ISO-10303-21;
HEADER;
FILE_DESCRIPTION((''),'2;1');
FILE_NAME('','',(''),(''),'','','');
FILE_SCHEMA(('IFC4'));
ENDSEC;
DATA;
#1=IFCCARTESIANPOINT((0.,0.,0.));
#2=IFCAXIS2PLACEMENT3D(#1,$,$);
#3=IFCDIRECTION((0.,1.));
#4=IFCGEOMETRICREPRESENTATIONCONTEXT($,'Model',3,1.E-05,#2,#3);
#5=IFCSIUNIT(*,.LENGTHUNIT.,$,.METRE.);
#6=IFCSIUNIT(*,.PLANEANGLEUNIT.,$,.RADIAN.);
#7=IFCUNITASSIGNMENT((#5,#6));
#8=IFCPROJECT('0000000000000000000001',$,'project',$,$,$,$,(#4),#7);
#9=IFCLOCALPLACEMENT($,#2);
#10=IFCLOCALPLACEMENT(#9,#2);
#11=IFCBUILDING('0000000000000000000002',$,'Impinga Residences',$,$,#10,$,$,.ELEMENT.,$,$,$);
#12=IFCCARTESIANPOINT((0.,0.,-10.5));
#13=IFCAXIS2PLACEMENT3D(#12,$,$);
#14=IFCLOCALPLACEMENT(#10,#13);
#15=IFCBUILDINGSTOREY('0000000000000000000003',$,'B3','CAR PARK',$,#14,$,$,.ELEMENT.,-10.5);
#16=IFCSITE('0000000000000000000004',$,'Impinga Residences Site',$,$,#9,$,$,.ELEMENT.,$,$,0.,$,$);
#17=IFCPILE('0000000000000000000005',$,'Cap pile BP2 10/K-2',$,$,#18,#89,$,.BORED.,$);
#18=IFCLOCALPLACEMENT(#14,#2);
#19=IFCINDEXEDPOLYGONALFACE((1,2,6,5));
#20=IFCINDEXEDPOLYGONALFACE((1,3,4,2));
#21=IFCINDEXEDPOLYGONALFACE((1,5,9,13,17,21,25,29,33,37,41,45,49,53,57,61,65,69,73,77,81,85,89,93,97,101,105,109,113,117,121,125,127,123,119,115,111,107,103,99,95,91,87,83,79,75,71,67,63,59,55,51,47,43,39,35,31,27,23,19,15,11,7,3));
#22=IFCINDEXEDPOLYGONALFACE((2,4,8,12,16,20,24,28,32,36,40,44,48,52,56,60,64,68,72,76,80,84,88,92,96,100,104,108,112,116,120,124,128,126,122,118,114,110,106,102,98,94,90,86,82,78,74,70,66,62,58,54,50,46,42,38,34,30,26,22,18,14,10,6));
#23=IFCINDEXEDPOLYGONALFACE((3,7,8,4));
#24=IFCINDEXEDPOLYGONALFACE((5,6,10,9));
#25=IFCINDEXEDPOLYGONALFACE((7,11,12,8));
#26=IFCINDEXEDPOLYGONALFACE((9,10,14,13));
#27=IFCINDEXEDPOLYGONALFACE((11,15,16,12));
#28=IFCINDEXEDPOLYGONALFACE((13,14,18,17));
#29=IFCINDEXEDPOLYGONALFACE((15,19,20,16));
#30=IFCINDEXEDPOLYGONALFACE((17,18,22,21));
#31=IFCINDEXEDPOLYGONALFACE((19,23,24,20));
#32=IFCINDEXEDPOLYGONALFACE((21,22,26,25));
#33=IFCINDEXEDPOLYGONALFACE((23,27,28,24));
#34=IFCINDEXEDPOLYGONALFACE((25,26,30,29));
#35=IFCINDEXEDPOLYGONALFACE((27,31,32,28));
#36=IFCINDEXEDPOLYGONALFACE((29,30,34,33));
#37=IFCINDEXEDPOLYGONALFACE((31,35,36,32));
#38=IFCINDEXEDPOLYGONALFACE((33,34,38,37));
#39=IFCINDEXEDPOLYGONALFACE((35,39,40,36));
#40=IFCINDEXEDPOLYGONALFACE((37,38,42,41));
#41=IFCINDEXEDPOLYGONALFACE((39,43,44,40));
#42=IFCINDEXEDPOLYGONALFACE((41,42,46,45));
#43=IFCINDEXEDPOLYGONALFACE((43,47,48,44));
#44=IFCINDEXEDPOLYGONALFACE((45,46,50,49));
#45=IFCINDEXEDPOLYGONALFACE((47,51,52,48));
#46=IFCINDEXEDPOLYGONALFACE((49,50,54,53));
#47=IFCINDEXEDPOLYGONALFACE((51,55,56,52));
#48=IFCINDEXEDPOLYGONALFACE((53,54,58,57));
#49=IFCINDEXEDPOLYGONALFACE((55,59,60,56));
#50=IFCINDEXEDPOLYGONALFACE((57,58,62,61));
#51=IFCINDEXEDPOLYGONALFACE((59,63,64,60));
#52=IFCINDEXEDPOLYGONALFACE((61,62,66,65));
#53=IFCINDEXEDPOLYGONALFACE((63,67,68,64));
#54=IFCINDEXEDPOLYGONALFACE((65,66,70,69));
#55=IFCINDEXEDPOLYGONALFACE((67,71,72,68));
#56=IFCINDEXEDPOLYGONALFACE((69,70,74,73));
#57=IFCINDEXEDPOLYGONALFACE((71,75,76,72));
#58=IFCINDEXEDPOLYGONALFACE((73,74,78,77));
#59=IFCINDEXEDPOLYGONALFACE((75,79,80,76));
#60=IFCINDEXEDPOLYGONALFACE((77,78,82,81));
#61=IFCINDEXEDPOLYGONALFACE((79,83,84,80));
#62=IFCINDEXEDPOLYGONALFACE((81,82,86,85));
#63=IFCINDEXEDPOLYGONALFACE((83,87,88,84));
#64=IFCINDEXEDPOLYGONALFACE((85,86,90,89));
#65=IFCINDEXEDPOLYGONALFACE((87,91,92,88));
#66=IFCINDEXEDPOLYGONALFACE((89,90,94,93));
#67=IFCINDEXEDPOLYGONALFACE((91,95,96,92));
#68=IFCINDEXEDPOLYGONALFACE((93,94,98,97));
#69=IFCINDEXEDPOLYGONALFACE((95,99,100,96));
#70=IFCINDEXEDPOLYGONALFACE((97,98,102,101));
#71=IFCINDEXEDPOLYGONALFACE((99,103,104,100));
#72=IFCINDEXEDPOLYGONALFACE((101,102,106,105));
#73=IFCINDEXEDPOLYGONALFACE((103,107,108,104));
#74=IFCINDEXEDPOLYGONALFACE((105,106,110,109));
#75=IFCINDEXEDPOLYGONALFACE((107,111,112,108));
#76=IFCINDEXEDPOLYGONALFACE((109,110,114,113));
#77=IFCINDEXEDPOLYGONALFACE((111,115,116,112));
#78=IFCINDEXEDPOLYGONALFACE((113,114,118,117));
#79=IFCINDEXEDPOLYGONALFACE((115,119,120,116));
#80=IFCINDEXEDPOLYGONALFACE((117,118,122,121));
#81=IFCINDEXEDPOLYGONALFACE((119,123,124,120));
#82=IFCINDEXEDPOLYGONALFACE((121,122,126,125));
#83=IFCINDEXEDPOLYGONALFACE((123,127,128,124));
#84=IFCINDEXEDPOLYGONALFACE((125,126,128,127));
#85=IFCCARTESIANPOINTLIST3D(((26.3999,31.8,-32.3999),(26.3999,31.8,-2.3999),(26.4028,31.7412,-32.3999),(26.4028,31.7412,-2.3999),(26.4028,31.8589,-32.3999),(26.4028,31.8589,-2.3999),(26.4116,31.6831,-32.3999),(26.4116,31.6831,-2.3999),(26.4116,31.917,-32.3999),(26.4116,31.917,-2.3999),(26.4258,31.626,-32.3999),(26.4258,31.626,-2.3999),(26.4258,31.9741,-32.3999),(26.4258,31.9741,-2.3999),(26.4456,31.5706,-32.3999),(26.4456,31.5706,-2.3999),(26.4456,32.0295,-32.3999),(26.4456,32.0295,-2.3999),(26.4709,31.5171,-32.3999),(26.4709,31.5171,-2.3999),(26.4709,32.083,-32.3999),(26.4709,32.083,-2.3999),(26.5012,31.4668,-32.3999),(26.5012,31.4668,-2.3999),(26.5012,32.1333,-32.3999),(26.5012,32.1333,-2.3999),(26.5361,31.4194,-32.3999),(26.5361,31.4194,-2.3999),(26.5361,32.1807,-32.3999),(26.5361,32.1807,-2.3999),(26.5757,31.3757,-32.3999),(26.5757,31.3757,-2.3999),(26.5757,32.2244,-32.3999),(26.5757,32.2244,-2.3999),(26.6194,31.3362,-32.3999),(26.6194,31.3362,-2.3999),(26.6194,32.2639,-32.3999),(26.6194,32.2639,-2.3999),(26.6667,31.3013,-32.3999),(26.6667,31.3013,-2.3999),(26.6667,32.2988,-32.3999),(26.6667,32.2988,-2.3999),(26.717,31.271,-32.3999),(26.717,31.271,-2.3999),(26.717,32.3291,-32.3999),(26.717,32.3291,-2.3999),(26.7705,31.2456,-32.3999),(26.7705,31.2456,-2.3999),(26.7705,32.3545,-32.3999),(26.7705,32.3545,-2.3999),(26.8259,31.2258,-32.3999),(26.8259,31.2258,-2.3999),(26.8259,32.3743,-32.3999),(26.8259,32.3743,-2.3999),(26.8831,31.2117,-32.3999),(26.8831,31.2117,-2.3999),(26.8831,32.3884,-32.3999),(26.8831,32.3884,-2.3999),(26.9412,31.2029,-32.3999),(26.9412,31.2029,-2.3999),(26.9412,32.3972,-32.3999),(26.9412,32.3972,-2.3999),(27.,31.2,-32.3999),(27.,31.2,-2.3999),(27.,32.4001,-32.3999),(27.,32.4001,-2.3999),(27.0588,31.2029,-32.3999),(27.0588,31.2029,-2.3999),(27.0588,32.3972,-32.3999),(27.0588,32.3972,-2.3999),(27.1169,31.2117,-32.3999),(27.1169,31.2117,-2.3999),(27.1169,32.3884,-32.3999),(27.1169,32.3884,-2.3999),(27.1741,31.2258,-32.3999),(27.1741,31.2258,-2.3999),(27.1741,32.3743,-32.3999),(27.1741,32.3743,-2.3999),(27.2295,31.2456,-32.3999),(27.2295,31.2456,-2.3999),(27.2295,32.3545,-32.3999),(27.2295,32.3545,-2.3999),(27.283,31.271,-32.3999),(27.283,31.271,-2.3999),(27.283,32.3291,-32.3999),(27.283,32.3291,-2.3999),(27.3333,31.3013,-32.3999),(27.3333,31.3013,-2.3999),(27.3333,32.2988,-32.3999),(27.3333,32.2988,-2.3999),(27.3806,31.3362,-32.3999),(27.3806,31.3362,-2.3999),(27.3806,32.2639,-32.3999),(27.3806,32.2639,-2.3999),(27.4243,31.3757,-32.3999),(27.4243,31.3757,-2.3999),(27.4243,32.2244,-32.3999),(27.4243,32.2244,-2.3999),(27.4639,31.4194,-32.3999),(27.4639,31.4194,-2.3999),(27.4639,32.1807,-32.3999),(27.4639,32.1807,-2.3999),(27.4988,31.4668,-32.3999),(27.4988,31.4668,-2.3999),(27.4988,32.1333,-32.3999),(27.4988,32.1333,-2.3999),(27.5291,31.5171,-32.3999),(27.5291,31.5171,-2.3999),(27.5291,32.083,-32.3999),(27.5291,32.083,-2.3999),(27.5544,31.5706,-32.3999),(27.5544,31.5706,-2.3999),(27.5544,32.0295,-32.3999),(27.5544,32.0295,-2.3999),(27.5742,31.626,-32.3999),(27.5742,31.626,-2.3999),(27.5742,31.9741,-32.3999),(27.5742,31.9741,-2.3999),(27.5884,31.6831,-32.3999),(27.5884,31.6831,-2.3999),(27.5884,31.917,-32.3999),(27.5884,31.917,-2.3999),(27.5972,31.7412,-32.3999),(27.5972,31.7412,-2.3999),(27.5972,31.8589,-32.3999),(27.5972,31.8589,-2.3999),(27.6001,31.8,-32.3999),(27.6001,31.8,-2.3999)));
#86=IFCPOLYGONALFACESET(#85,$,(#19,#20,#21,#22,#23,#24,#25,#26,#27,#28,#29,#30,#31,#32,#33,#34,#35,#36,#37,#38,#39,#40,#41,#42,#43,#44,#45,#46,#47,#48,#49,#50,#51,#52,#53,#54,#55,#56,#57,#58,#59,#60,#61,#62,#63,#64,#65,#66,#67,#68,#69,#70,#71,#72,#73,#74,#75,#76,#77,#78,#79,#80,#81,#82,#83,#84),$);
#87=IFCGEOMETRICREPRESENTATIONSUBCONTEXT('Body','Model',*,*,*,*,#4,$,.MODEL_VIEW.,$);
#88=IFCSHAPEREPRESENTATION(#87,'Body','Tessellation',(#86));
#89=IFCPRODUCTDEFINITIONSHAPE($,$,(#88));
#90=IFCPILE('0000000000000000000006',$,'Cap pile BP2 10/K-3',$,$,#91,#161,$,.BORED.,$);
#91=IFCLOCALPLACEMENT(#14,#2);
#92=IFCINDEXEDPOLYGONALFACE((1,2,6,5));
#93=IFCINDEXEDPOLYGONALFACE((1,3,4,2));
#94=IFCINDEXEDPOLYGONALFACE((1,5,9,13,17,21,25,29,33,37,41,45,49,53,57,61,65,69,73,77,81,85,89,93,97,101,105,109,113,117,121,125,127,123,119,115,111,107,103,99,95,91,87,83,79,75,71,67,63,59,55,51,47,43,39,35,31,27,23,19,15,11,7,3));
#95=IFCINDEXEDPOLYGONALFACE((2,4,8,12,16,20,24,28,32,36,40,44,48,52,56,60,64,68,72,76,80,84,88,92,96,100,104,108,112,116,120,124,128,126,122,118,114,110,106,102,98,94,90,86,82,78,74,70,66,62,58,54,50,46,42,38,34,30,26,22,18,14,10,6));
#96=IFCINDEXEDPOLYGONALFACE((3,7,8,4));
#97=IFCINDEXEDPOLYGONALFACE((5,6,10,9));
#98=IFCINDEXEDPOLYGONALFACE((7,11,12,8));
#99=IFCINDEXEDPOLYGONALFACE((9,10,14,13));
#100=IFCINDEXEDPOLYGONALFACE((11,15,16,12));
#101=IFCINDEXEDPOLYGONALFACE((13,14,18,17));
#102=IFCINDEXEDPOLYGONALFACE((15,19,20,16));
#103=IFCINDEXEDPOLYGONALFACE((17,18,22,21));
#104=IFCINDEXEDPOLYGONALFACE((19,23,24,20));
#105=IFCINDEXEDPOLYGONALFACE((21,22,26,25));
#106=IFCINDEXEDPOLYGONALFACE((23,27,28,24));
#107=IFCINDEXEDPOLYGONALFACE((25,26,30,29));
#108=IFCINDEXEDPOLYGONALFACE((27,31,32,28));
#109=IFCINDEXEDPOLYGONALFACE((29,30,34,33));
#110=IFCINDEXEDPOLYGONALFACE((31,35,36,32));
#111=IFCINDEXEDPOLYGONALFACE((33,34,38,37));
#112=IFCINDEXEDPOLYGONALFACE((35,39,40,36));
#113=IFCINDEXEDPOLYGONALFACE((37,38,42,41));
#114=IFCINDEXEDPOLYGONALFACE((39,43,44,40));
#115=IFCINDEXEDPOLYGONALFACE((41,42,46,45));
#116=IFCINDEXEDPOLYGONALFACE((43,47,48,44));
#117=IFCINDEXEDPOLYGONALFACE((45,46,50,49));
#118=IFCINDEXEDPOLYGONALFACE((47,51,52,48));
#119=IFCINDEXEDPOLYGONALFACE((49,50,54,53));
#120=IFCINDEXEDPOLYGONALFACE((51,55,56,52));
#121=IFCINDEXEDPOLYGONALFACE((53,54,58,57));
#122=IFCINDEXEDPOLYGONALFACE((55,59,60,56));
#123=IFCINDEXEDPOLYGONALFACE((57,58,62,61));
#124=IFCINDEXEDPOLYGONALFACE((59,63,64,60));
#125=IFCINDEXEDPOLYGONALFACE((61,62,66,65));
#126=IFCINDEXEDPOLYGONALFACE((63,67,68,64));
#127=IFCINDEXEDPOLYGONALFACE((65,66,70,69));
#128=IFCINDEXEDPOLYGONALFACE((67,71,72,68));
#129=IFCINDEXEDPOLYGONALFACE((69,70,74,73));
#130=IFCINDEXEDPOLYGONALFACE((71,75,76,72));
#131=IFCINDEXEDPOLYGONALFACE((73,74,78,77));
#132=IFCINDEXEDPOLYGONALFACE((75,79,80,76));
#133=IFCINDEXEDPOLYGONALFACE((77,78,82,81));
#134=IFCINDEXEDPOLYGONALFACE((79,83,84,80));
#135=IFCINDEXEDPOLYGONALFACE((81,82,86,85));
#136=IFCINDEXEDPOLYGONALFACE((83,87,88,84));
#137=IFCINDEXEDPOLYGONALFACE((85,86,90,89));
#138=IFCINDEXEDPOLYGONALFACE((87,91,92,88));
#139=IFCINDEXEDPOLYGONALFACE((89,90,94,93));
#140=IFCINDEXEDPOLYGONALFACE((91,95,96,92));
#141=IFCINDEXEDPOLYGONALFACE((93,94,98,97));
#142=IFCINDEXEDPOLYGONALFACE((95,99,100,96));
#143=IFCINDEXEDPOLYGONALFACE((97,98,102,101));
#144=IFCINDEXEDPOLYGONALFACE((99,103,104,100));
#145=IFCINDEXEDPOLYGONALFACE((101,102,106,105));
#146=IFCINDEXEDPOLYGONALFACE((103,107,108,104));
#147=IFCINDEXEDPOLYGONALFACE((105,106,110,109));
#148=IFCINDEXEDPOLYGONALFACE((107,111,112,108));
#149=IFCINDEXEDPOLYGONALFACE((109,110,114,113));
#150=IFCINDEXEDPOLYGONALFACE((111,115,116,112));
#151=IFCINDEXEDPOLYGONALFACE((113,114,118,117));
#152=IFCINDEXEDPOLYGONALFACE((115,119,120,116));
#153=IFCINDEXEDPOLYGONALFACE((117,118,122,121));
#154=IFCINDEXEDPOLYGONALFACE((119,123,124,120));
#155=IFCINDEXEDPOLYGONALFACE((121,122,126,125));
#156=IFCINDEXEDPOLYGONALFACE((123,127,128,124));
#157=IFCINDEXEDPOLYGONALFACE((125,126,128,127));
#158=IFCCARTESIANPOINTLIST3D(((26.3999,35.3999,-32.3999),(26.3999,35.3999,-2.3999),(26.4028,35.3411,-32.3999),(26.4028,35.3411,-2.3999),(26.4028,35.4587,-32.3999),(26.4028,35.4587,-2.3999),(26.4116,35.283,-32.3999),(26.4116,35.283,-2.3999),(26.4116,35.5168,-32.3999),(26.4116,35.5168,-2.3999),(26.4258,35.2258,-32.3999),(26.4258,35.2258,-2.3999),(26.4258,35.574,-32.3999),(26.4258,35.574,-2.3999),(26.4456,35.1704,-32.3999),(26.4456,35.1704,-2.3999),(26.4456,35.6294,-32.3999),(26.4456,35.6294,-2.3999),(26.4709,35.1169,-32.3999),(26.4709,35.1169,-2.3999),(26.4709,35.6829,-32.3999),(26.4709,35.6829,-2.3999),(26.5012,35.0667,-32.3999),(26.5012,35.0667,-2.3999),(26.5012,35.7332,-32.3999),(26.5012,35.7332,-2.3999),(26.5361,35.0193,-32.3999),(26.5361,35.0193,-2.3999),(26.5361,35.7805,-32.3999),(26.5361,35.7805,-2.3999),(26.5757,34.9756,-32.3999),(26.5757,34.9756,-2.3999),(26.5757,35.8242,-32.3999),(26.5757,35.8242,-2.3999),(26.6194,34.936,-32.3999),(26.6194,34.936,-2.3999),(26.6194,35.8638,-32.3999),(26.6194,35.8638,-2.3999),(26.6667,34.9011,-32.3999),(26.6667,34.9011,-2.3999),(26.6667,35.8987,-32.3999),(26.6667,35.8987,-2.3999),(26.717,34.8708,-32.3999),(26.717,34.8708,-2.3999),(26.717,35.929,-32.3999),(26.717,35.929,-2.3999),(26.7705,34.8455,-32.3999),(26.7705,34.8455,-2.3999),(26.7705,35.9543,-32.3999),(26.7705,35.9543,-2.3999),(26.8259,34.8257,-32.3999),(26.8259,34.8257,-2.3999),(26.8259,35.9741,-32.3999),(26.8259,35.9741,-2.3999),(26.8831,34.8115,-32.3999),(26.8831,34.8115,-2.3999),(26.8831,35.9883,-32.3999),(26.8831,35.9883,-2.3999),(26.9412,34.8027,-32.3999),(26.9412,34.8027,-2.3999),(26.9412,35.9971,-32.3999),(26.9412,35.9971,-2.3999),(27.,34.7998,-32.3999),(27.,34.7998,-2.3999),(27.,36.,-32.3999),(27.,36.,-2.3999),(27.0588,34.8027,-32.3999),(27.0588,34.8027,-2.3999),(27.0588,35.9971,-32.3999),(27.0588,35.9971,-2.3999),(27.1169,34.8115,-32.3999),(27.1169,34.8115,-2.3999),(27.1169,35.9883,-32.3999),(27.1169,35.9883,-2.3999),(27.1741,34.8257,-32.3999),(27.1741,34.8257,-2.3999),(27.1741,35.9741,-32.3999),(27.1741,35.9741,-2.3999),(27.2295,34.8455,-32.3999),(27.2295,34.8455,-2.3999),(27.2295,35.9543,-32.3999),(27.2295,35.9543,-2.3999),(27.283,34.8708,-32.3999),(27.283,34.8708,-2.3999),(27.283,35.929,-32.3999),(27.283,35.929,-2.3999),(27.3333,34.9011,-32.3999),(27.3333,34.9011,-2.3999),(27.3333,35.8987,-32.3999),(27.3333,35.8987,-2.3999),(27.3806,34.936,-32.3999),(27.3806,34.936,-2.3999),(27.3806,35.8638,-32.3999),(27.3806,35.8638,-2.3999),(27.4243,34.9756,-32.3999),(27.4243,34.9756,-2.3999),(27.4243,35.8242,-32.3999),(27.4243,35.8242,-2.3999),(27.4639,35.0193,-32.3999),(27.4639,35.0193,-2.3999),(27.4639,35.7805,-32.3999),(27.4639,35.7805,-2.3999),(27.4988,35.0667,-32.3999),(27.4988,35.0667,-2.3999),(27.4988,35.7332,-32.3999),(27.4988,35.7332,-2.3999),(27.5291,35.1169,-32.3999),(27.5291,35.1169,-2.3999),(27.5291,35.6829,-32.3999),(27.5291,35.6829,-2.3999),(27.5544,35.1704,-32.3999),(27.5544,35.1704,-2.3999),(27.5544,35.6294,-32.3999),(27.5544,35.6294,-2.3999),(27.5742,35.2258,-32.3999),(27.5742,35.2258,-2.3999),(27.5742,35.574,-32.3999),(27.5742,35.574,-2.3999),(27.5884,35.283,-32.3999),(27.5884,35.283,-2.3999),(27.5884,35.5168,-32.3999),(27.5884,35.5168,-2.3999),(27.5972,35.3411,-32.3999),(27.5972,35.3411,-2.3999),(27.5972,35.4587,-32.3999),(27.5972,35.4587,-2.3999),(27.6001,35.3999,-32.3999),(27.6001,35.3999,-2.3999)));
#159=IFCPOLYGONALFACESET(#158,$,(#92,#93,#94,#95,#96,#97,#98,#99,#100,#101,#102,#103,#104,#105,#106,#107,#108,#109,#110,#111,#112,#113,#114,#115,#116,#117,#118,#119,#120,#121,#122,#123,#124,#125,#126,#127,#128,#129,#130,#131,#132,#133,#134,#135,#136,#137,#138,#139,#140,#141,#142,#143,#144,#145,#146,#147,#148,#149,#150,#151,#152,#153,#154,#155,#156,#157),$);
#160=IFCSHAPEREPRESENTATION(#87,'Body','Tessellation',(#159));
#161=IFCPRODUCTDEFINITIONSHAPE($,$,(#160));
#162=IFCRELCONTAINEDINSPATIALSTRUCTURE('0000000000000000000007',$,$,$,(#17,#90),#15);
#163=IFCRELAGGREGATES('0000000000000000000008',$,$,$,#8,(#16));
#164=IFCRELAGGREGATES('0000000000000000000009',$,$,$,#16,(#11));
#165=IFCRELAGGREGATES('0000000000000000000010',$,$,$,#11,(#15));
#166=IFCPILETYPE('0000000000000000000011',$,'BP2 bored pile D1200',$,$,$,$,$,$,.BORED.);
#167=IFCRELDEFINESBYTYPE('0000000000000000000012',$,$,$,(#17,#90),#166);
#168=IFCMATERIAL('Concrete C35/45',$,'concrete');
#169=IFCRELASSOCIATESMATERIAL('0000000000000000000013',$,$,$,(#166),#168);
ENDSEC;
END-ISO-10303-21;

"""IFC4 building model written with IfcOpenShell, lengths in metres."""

from ifc_helpers import new_model, si_unit, direction, frame, origin, origin_2d, place, context, subcontext, project, spatial, polyline, circle, outline, extrude, material, material_profile, profile_set, type_object, element, save


model = new_model("IFC4")

# Units and contexts
model_context = context("Model", 3, precision=1e-05, world=origin(), true_north=direction((0.0, 1.0)))
body_context = subcontext(model_context, "Body", "Model", "MODEL_VIEW")
ifc_project = project(units=[si_unit("LENGTHUNIT", "METRE"), si_unit("PLANEANGLEUNIT", "RADIAN")], contexts=[model_context])

# Site, building, storey
site_placement = place(None, origin())
site = spatial("IfcSite", under=ifc_project, at=site_placement, Name="Impinga Residences Site", CompositionType="ELEMENT", RefElevation=0.0)
building_placement = place(site_placement, origin())
building = spatial("IfcBuilding", under=site, at=building_placement, Name="Impinga Residences", CompositionType="ELEMENT")
storey_placement = place(building_placement, frame((0.0, 0.0, -10.5)))
storey = spatial("IfcBuildingStorey", under=building, at=storey_placement, Name="B3", Description="CAR PARK", CompositionType="ELEMENT", Elevation=-10.5)

# Piles
ifc_material_1 = material(Name="Concrete C35/45", Category="concrete")
ifc_material_profile_1 = material_profile(ifc_material_1, circle(Radius=0.6001, at=origin_2d()), Name="D1200")
ifc_profile_set_1 = profile_set([ifc_material_profile_1], Name="Concrete C35/45")
pile_type = type_object("IfcPileType", Name="BP2 bored pile D1200", PredefinedType="BORED", material=ifc_profile_set_1)
pile_1_placement = place(storey_placement, frame((27.0, 31.8, -2.3999), z_axis=(0.0, 0.0, -1.0), x_axis=(1.0, 0.0, 0.0)))
element("IfcPile", 1, at=pile_1_placement, inside=storey, type_object=pile_type, Name="Cap pile BP2 10/K-2", PredefinedType="BORED", context=body_context, shape_type="SweptSolid", body=[
    extrude(outline(polyline([(0.6001, 0.0), (0.5972, 0.0588), (0.5884, 0.1169), (0.5742, 0.1741), (0.5544, 0.2295), (0.5291, 0.283), (0.4988, 0.3333), (0.4639, 0.3806), (0.4243, 0.4243), (0.3806, 0.4639), (0.3333, 0.4988), (0.283, 0.5291), (0.2295, 0.5544), (0.1741, 0.5742), (0.1169, 0.5884), (0.0588, 0.5972), (0.0, 0.6001), (-0.0588, 0.5972), (-0.1169, 0.5884), (-0.1741, 0.5742), (-0.2295, 0.5544), (-0.283, 0.5291), (-0.3333, 0.4988), (-0.3806, 0.4639), (-0.4243, 0.4243), (-0.4639, 0.3806), (-0.4988, 0.3333), (-0.5291, 0.283), (-0.5544, 0.2295), (-0.5742, 0.1741), (-0.5884, 0.1169), (-0.5972, 0.0588), (-0.6001, 0.0), (-0.5972, -0.0588), (-0.5884, -0.1169), (-0.5742, -0.1741), (-0.5544, -0.2295), (-0.5291, -0.283), (-0.4988, -0.3333), (-0.4639, -0.3806), (-0.4243, -0.4243), (-0.3806, -0.4639), (-0.3333, -0.4988), (-0.283, -0.5291), (-0.2295, -0.5544), (-0.1741, -0.5742), (-0.1169, -0.5884), (-0.0588, -0.5972), (0.0, -0.6001), (0.0588, -0.5972), (0.1169, -0.5884), (0.1741, -0.5742), (0.2295, -0.5544), (0.283, -0.5291), (0.3333, -0.4988), (0.3806, -0.4639), (0.4243, -0.4243), (0.4639, -0.3806), (0.4988, -0.3333), (0.5291, -0.283), (0.5544, -0.2295), (0.5742, -0.1741), (0.5884, -0.1169), (0.5972, -0.0588), (0.6001, 0.0)])), origin(), (0.0, 0.0, 1.0), 30.0),
])
pile_2_placement = place(storey_placement, frame((27.0, 35.3999, -2.3999), z_axis=(0.0, 0.0, -1.0), x_axis=(1.0, 0.0, 0.0)))
element("IfcPile", 2, at=pile_2_placement, inside=storey, type_object=pile_type, Name="Cap pile BP2 10/K-3", PredefinedType="BORED", context=body_context, shape_type="SweptSolid", body=[
    extrude(outline(polyline([(0.6001, 0.0), (0.5972, 0.0588), (0.5884, 0.1169), (0.5742, 0.1741), (0.5544, 0.2295), (0.5291, 0.283), (0.4988, 0.3333), (0.4639, 0.3806), (0.4243, 0.4243), (0.3806, 0.4639), (0.3333, 0.4988), (0.283, 0.5291), (0.2295, 0.5544), (0.1741, 0.5742), (0.1169, 0.5884), (0.0588, 0.5972), (0.0, 0.6001), (-0.0588, 0.5972), (-0.1169, 0.5884), (-0.1741, 0.5742), (-0.2295, 0.5544), (-0.283, 0.5291), (-0.3333, 0.4988), (-0.3806, 0.4639), (-0.4243, 0.4243), (-0.4639, 0.3806), (-0.4988, 0.3333), (-0.5291, 0.283), (-0.5544, 0.2295), (-0.5742, 0.1741), (-0.5884, 0.1169), (-0.5972, 0.0588), (-0.6001, 0.0), (-0.5972, -0.0588), (-0.5884, -0.1169), (-0.5742, -0.1741), (-0.5544, -0.2295), (-0.5291, -0.283), (-0.4988, -0.3333), (-0.4639, -0.3806), (-0.4243, -0.4243), (-0.3806, -0.4639), (-0.3333, -0.4988), (-0.283, -0.5291), (-0.2295, -0.5544), (-0.1741, -0.5742), (-0.1169, -0.5884), (-0.0588, -0.5972), (0.0, -0.6001), (0.0588, -0.5972), (0.1169, -0.5884), (0.1741, -0.5742), (0.2295, -0.5544), (0.283, -0.5291), (0.3333, -0.4988), (0.3806, -0.4639), (0.4243, -0.4243), (0.4639, -0.3806), (0.4988, -0.3333), (0.5291, -0.283), (0.5544, -0.2295), (0.5742, -0.1741), (0.5884, -0.1169), (0.5972, -0.0588), (0.6001, 0.0)])), origin(), (0.0, 0.0, 1.0), 30.0),
])

save(model, "model.ifc")
